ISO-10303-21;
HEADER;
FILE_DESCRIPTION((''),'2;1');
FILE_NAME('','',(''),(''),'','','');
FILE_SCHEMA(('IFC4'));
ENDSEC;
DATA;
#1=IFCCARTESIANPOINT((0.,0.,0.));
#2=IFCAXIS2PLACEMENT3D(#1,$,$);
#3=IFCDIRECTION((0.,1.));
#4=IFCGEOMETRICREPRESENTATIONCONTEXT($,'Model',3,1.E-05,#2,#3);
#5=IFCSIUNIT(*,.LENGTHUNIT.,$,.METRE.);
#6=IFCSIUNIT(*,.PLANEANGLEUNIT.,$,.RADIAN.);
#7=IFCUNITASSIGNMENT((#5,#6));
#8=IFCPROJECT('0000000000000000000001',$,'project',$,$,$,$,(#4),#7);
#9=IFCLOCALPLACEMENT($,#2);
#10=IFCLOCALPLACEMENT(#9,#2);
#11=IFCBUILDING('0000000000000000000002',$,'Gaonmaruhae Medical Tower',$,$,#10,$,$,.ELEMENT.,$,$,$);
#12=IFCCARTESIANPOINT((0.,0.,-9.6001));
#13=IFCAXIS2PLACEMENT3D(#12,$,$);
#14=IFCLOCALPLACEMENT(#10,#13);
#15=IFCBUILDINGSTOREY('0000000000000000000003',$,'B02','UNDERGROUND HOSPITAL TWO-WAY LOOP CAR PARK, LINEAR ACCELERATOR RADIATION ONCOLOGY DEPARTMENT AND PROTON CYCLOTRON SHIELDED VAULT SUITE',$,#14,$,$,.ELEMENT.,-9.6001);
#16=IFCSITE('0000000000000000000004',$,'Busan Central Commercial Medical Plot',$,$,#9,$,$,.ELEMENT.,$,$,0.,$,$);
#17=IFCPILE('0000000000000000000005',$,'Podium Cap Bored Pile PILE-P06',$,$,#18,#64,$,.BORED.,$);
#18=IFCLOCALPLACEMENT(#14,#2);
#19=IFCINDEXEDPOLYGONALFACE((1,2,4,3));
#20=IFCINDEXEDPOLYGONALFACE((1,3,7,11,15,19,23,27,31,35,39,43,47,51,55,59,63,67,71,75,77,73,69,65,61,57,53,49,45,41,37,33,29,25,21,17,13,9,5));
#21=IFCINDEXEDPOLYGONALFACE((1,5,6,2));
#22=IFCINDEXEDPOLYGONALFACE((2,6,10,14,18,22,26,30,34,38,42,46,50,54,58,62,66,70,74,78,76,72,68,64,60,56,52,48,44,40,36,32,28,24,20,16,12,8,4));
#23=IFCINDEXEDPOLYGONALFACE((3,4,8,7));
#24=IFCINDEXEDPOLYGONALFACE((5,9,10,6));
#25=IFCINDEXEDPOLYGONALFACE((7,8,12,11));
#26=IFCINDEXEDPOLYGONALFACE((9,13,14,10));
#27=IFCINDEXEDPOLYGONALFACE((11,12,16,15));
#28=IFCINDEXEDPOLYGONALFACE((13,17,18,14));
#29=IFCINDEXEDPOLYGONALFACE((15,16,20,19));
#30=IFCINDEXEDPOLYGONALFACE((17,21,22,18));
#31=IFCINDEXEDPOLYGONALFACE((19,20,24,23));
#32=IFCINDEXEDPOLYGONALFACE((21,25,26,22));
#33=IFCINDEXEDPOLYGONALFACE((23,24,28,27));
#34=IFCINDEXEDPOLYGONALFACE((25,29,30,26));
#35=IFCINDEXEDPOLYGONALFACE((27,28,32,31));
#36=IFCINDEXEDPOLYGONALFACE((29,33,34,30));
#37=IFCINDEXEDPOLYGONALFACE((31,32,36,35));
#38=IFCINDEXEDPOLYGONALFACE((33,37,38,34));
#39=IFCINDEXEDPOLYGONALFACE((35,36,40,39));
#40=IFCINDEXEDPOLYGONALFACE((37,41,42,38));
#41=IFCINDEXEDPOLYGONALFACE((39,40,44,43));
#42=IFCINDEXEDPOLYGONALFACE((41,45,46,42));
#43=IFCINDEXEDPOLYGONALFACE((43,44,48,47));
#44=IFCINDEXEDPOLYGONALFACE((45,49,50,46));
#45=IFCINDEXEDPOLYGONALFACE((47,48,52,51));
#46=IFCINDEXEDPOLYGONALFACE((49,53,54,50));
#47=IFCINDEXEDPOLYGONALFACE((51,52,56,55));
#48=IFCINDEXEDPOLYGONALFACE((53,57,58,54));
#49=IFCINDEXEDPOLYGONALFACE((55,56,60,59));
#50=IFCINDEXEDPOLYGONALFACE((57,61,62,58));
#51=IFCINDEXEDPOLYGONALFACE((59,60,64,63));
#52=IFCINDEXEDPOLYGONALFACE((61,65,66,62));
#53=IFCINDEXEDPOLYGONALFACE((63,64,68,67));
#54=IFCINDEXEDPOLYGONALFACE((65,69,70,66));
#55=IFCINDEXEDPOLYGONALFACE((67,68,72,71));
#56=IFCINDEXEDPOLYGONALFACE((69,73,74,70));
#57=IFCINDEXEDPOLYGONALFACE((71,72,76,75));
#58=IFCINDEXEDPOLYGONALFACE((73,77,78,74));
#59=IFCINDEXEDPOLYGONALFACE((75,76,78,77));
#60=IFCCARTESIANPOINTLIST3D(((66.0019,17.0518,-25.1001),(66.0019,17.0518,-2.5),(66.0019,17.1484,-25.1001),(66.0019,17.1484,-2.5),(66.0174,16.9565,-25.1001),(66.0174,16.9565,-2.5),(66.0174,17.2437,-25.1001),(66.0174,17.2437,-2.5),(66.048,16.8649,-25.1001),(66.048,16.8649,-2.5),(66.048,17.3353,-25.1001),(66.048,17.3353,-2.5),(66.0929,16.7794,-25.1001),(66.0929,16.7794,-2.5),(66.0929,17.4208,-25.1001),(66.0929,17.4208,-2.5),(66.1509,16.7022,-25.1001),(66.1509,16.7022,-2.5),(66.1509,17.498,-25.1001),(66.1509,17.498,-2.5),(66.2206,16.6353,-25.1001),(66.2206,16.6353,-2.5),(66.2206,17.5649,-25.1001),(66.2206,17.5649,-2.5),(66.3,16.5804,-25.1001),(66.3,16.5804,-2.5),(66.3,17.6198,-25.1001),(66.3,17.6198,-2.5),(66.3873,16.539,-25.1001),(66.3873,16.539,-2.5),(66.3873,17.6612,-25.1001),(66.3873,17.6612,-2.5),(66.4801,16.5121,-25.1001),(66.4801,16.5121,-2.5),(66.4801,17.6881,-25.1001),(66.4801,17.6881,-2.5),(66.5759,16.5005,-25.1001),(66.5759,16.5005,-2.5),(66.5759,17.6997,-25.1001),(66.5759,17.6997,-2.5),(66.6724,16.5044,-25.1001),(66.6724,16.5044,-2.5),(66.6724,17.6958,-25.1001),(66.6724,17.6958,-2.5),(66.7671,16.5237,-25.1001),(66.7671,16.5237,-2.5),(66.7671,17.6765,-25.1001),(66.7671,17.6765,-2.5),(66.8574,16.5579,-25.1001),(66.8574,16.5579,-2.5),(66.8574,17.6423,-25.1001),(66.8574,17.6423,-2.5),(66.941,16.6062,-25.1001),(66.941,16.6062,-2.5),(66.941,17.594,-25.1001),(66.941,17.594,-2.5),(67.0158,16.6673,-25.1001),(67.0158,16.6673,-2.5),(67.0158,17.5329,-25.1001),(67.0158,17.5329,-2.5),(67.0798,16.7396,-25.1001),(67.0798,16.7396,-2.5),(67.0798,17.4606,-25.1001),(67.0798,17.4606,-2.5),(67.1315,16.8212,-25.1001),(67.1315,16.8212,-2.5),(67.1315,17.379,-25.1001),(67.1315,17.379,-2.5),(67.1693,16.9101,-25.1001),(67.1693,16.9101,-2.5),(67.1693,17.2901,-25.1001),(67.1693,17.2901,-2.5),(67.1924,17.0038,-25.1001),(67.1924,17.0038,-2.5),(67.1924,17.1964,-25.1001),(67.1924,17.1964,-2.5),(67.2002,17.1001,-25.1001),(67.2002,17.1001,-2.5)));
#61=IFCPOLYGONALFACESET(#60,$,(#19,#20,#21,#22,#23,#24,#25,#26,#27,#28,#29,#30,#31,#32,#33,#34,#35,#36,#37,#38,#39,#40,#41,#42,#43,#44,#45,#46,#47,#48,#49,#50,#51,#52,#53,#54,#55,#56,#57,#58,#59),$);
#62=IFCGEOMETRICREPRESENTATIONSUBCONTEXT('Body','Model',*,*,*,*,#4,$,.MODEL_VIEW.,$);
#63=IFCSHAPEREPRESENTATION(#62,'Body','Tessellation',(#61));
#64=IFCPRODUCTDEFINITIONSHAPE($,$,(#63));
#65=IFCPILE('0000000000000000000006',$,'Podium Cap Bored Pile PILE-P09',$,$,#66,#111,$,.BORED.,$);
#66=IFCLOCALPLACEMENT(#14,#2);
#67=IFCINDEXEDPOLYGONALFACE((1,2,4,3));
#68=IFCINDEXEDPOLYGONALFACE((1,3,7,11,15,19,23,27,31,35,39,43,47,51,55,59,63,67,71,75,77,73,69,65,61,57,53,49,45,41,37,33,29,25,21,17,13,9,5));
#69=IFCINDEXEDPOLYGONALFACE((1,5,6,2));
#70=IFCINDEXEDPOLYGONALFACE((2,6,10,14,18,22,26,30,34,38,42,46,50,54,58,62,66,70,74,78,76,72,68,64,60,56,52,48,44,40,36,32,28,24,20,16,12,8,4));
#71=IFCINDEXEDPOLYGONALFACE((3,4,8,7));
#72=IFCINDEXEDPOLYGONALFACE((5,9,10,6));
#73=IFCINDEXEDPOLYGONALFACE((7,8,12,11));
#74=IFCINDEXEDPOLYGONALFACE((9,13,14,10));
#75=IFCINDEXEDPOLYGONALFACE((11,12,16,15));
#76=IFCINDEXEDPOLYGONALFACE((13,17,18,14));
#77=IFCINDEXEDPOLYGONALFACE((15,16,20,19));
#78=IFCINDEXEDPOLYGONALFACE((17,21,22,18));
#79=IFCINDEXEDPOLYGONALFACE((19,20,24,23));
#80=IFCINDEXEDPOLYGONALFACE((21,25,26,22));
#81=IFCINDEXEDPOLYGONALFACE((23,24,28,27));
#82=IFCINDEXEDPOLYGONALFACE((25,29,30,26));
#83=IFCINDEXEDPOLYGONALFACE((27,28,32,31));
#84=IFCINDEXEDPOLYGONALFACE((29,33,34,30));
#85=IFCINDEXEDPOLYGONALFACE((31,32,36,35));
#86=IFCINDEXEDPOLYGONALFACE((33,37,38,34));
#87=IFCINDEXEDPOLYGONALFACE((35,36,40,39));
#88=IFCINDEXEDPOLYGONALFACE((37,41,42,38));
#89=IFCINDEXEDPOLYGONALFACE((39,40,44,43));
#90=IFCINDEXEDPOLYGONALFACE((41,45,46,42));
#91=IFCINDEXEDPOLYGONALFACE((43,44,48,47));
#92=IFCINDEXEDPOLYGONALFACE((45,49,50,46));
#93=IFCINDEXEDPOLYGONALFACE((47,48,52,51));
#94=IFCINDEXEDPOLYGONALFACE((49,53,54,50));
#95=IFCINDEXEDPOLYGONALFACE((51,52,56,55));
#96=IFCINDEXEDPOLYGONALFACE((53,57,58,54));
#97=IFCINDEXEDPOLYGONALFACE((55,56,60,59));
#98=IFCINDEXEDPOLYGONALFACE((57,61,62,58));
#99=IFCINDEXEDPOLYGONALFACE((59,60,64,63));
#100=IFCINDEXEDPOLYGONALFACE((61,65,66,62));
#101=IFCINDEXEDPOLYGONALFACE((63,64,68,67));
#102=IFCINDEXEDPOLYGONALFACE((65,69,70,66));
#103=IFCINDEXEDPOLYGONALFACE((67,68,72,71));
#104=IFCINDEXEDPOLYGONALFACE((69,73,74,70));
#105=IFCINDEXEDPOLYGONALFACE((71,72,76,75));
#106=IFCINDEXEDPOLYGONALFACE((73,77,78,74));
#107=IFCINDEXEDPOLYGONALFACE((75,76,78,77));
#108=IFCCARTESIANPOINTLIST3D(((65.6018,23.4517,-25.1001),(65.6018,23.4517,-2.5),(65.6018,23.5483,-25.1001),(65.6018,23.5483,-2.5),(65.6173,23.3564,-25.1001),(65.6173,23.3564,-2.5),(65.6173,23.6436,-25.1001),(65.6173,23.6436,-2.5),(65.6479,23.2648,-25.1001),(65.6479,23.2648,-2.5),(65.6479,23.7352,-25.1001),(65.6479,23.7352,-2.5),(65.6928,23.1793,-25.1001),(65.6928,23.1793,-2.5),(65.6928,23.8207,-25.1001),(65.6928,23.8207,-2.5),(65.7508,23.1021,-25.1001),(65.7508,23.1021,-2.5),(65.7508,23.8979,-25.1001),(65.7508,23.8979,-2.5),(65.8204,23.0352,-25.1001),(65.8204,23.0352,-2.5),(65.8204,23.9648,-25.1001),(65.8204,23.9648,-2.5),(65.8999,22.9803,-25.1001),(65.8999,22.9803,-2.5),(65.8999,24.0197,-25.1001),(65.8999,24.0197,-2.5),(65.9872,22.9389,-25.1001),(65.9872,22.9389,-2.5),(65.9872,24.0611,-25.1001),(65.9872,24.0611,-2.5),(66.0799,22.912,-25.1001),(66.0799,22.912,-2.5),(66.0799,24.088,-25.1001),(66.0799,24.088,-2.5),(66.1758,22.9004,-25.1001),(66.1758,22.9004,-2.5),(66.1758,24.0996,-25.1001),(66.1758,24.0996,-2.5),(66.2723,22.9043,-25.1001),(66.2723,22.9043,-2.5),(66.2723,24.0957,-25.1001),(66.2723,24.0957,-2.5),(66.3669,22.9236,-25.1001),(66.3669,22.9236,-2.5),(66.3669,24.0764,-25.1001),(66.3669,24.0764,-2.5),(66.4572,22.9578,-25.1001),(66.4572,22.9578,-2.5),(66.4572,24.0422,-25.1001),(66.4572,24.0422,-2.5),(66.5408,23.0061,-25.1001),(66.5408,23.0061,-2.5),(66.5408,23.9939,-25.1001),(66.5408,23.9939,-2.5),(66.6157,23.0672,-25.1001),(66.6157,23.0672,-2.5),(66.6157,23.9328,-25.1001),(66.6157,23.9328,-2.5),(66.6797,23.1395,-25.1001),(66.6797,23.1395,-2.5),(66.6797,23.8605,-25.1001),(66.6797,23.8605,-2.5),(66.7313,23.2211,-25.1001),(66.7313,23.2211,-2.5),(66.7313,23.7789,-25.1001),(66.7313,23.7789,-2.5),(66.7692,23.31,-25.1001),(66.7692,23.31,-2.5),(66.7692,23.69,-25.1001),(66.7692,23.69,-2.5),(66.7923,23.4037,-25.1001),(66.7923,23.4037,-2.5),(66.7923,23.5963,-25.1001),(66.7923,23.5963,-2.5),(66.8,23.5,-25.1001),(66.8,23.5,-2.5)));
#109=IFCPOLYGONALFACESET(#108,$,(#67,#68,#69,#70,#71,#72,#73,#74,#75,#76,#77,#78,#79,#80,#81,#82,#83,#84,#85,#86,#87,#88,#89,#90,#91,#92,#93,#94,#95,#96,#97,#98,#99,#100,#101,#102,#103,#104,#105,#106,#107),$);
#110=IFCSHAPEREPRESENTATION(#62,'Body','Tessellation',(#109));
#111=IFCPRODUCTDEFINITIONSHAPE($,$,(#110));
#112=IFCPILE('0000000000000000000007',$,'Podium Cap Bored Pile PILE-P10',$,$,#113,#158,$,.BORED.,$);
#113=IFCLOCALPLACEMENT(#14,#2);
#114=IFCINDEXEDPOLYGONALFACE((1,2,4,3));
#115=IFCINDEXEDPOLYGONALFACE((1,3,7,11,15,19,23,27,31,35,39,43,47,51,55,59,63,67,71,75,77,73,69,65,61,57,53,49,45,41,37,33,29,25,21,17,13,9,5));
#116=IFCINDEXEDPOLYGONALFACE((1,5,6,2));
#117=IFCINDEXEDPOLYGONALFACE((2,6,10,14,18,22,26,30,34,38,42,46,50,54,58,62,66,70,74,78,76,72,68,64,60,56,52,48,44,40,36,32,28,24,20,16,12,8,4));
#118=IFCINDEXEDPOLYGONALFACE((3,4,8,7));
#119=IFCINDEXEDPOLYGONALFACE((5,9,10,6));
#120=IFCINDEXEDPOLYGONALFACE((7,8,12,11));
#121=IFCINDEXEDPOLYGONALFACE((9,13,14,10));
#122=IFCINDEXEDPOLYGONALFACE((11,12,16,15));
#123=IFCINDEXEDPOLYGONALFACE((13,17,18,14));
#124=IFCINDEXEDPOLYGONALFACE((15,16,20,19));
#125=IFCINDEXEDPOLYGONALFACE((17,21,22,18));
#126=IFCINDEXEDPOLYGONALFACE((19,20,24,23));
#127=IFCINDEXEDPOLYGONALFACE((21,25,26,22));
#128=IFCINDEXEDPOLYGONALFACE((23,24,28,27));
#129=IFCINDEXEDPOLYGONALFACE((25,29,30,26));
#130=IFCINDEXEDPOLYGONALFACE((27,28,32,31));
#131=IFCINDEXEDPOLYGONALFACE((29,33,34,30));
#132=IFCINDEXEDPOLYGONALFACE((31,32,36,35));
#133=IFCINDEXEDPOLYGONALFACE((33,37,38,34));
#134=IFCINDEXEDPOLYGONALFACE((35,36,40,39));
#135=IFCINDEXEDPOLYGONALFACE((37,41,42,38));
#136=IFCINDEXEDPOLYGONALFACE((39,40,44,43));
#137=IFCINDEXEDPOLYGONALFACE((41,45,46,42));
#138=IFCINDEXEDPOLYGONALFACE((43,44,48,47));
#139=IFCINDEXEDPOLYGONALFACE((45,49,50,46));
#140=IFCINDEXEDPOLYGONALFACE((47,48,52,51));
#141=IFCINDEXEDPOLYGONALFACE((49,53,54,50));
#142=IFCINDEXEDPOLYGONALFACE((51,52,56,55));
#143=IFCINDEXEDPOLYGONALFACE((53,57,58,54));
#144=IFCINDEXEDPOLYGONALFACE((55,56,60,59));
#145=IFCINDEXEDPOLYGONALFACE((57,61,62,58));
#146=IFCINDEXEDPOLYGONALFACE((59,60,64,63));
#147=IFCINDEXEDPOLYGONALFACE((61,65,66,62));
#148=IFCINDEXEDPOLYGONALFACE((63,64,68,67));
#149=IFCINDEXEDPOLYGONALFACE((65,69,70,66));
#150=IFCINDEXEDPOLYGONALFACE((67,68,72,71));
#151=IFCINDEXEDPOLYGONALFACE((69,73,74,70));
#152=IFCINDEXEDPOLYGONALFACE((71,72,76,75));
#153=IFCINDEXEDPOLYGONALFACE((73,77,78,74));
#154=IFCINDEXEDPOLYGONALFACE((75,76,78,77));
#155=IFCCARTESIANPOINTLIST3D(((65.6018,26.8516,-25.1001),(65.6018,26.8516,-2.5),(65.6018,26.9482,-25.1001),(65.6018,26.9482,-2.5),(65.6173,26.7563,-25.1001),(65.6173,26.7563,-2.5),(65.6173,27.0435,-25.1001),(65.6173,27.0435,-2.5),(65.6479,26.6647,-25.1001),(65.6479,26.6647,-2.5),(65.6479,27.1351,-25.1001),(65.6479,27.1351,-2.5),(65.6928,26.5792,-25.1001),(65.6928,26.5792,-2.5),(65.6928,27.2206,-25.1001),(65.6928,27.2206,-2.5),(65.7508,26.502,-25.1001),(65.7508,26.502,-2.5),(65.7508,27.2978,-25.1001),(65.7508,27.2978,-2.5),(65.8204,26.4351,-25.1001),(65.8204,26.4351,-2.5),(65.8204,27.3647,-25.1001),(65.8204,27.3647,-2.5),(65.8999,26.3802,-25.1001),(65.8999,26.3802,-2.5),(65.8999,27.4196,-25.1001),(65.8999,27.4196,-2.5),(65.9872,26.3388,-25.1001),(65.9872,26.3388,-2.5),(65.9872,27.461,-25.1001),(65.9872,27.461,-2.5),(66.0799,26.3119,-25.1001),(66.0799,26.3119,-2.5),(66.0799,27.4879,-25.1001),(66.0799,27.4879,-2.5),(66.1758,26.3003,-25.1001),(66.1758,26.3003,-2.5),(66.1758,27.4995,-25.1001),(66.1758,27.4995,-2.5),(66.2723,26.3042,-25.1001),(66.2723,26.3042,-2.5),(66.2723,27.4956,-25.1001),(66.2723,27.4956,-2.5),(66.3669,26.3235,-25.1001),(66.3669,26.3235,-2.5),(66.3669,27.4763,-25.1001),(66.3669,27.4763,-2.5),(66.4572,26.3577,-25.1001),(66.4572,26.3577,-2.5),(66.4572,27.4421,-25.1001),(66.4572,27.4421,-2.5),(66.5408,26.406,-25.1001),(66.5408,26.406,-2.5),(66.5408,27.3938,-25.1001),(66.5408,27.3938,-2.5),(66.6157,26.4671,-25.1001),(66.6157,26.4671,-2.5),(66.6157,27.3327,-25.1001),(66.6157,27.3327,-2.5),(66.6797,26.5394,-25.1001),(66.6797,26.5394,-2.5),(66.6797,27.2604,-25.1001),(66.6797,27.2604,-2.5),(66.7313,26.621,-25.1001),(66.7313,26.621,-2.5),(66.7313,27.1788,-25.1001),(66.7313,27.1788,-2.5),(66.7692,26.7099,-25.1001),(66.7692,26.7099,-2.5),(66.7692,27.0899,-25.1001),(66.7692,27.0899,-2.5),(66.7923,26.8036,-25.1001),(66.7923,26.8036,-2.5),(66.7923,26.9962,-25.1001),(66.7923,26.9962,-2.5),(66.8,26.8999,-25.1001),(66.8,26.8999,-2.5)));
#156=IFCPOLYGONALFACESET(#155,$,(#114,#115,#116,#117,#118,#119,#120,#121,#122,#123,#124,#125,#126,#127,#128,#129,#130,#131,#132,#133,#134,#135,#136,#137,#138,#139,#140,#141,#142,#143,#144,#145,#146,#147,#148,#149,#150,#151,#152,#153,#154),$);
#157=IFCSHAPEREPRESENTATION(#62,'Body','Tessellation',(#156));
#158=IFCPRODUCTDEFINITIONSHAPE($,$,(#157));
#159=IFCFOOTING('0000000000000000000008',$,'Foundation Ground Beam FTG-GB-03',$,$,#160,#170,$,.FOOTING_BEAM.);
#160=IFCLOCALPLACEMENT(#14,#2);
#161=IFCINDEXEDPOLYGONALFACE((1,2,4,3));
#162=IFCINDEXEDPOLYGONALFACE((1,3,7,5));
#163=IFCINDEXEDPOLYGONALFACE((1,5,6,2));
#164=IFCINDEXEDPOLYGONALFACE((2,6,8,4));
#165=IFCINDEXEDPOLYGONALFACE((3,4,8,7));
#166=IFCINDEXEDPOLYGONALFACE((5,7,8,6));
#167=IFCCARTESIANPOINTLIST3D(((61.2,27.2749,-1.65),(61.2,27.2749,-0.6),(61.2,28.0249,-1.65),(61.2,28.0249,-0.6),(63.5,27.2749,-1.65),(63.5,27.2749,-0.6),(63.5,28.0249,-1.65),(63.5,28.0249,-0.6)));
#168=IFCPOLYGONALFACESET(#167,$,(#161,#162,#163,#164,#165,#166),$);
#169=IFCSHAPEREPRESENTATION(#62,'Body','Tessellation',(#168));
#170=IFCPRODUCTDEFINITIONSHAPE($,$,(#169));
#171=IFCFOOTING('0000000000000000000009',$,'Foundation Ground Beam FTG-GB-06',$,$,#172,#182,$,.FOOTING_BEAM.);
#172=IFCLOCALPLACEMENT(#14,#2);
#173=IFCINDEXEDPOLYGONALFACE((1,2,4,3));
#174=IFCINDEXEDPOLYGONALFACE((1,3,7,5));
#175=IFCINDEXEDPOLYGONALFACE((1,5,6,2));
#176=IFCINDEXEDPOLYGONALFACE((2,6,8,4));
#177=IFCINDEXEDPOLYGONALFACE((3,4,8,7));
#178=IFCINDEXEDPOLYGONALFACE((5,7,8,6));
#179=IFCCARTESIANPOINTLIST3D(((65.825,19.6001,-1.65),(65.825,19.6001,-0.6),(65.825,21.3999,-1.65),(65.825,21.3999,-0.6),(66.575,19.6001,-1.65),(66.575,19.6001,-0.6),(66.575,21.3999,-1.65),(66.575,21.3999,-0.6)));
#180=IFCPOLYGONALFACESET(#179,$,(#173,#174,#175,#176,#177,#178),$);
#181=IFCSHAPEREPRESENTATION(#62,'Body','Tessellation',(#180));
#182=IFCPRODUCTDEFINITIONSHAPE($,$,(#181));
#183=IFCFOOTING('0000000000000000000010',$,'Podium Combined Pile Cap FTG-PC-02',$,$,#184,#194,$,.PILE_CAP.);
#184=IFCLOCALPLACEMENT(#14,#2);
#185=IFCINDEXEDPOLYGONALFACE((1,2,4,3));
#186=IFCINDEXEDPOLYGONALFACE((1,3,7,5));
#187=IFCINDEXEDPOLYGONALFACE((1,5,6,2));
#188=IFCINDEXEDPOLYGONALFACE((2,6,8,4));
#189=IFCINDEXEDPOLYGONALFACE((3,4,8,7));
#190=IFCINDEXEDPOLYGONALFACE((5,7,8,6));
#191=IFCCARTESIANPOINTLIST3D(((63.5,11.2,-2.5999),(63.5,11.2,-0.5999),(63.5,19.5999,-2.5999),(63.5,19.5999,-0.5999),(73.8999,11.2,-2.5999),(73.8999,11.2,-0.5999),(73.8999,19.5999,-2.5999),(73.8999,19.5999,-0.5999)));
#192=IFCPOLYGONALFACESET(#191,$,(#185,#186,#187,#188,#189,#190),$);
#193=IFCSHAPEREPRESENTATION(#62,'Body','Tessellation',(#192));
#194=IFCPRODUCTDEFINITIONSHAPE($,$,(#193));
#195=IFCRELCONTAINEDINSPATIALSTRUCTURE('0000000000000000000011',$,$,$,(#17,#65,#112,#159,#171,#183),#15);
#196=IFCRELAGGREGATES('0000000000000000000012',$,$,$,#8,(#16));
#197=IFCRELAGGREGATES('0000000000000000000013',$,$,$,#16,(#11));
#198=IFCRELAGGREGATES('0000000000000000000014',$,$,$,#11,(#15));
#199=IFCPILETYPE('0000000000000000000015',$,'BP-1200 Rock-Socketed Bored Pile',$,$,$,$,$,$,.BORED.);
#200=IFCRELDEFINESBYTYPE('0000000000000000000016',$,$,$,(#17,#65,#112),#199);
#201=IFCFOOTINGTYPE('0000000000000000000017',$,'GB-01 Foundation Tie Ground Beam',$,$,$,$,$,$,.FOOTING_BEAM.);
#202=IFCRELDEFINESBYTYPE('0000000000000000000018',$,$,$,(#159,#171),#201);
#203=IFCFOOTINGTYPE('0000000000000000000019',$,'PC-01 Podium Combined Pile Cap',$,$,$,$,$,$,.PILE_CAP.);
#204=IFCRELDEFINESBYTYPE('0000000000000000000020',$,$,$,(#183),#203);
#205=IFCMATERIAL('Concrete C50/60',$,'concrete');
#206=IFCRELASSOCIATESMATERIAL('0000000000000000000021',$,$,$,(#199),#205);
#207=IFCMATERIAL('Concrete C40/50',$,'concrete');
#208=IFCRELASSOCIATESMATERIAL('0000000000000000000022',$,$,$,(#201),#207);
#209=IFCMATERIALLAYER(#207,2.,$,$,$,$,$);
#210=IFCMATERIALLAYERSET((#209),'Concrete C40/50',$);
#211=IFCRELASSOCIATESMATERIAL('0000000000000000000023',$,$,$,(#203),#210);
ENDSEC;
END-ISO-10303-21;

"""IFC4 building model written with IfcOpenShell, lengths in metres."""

from ifc_helpers import new_model, si_unit, direction, frame, origin, origin_2d, place, context, subcontext, project, spatial, rectangle, circle, extrude, material, layer, layer_set, material_profile, profile_set, type_object, element, save


model = new_model("IFC4")

# Units and contexts
model_context = context("Model", 3, precision=1e-05, world=origin(), true_north=direction((0.0, 1.0)))
body_context = subcontext(model_context, "Body", "Model", "MODEL_VIEW")
ifc_project = project(units=[si_unit("LENGTHUNIT", "METRE"), si_unit("PLANEANGLEUNIT", "RADIAN")], contexts=[model_context])

# Site, building, storey
site_placement = place(None, origin())
site = spatial("IfcSite", under=ifc_project, at=site_placement, Name="Busan Central Commercial Medical Plot", CompositionType="ELEMENT", RefElevation=0.0)
building_placement = place(site_placement, origin())
building = spatial("IfcBuilding", under=site, at=building_placement, Name="Gaonmaruhae Medical Tower", CompositionType="ELEMENT")
storey_placement = place(building_placement, frame((0.0, 0.0, -9.6001)))
storey = spatial("IfcBuildingStorey", under=building, at=storey_placement, Name="B02", Description="UNDERGROUND HOSPITAL TWO-WAY LOOP CAR PARK, LINEAR ACCELERATOR RADIATION ONCOLOGY DEPARTMENT AND PROTON CYCLOTRON SHIELDED VAULT SUITE", CompositionType="ELEMENT", Elevation=-9.6001)

# Piles
ifc_material_1 = material(Name="Concrete C50/60", Category="concrete")
ifc_material_profile_1 = material_profile(ifc_material_1, circle(Radius=0.6001, at=origin_2d()), Name="PILE-D1200")
ifc_profile_set_1 = profile_set([ifc_material_profile_1], Name="Concrete C50/60")
pile_type = type_object("IfcPileType", Name="BP-1200 Rock-Socketed Bored Pile", PredefinedType="BORED", material=ifc_profile_set_1)
for number, where, z_axis, x_axis, name in (
    (1, (66.6001, 17.1001, -2.5), (0.0, 0.0, -1.0), (1.0, 0.0, 0.0), "Podium Cap Bored Pile PILE-P06"),
    (2, (66.2, 23.5, -2.5), (0.0, 0.0, -1.0), (1.0, 0.0, 0.0), "Podium Cap Bored Pile PILE-P09"),
    (3, (66.2, 26.8999, -2.5), (0.0, 0.0, -1.0), (1.0, 0.0, 0.0), "Podium Cap Bored Pile PILE-P10"),
):
    element("IfcPile", number, at=place(storey_placement, frame(where, z_axis=z_axis, x_axis=x_axis)), inside=storey, type_object=pile_type, Name=name, PredefinedType="BORED", context=body_context, shape_type="SweptSolid", body=[
        extrude(circle(Radius=0.6001, at=origin_2d()), origin(), (0.0, 0.0, 1.0), 22.6001),
    ])

# Footings
ifc_material_2 = material(Name="Concrete C40/50", Category="concrete")
ifc_material_profile_2 = material_profile(ifc_material_2, rectangle(XDim=0.75, YDim=1.05, at=origin_2d()), Name="RCG-750x1050")
ifc_profile_set_2 = profile_set([ifc_material_profile_2], Name="Concrete C40/50")
footing_type_1 = type_object("IfcFootingType", Name="GB-01 Foundation Tie Ground Beam", PredefinedType="FOOTING_BEAM", material=ifc_profile_set_2)
footing_1_placement = place(storey_placement, frame((61.2, 27.6499, -1.125), z_axis=(1.0, 0.0, 0.0), x_axis=(0.0, 1.0, 0.0)))
element("IfcFooting", 4, at=footing_1_placement, inside=storey, type_object=footing_type_1, Name="Foundation Ground Beam FTG-GB-03", PredefinedType="FOOTING_BEAM", context=body_context, shape_type="SweptSolid", body=[
    extrude(rectangle(XDim=0.75, YDim=1.05, at=origin_2d()), origin(), (0.0, 0.0, 1.0), 2.3),
])
footing_2_placement = place(storey_placement, frame((66.2, 19.6001, -1.125), z_axis=(0.0, 1.0, 0.0), x_axis=(-1.0, 0.0, 0.0)))
element("IfcFooting", 5, at=footing_2_placement, inside=storey, type_object=footing_type_1, Name="Foundation Ground Beam FTG-GB-06", PredefinedType="FOOTING_BEAM", context=body_context, shape_type="SweptSolid", body=[
    extrude(rectangle(XDim=0.75, YDim=1.05, at=origin_2d()), origin(), (0.0, 0.0, 1.0), 1.7998),
])
ifc_layer_1 = layer(ifc_material_2, 2.0)
ifc_layer_set_1 = layer_set([ifc_layer_1], Name="Concrete C40/50")
footing_type_2 = type_object("IfcFootingType", Name="PC-01 Podium Combined Pile Cap", PredefinedType="PILE_CAP", material=ifc_layer_set_1)
footing_3_placement = place(storey_placement, frame((68.7, 15.3999, -2.5999), z_axis=(0.0, 0.0, 1.0), x_axis=(1.0, 0.0, 0.0)))
element("IfcFooting", 6, at=footing_3_placement, inside=storey, type_object=footing_type_2, Name="Podium Combined Pile Cap FTG-PC-02", PredefinedType="PILE_CAP", context=body_context, shape_type="SweptSolid", body=[
    extrude(rectangle(XDim=10.3999, YDim=8.3999, at=origin_2d()), origin(), (0.0, 0.0, 1.0), 2.0),
])

save(model, "model.ifc")
